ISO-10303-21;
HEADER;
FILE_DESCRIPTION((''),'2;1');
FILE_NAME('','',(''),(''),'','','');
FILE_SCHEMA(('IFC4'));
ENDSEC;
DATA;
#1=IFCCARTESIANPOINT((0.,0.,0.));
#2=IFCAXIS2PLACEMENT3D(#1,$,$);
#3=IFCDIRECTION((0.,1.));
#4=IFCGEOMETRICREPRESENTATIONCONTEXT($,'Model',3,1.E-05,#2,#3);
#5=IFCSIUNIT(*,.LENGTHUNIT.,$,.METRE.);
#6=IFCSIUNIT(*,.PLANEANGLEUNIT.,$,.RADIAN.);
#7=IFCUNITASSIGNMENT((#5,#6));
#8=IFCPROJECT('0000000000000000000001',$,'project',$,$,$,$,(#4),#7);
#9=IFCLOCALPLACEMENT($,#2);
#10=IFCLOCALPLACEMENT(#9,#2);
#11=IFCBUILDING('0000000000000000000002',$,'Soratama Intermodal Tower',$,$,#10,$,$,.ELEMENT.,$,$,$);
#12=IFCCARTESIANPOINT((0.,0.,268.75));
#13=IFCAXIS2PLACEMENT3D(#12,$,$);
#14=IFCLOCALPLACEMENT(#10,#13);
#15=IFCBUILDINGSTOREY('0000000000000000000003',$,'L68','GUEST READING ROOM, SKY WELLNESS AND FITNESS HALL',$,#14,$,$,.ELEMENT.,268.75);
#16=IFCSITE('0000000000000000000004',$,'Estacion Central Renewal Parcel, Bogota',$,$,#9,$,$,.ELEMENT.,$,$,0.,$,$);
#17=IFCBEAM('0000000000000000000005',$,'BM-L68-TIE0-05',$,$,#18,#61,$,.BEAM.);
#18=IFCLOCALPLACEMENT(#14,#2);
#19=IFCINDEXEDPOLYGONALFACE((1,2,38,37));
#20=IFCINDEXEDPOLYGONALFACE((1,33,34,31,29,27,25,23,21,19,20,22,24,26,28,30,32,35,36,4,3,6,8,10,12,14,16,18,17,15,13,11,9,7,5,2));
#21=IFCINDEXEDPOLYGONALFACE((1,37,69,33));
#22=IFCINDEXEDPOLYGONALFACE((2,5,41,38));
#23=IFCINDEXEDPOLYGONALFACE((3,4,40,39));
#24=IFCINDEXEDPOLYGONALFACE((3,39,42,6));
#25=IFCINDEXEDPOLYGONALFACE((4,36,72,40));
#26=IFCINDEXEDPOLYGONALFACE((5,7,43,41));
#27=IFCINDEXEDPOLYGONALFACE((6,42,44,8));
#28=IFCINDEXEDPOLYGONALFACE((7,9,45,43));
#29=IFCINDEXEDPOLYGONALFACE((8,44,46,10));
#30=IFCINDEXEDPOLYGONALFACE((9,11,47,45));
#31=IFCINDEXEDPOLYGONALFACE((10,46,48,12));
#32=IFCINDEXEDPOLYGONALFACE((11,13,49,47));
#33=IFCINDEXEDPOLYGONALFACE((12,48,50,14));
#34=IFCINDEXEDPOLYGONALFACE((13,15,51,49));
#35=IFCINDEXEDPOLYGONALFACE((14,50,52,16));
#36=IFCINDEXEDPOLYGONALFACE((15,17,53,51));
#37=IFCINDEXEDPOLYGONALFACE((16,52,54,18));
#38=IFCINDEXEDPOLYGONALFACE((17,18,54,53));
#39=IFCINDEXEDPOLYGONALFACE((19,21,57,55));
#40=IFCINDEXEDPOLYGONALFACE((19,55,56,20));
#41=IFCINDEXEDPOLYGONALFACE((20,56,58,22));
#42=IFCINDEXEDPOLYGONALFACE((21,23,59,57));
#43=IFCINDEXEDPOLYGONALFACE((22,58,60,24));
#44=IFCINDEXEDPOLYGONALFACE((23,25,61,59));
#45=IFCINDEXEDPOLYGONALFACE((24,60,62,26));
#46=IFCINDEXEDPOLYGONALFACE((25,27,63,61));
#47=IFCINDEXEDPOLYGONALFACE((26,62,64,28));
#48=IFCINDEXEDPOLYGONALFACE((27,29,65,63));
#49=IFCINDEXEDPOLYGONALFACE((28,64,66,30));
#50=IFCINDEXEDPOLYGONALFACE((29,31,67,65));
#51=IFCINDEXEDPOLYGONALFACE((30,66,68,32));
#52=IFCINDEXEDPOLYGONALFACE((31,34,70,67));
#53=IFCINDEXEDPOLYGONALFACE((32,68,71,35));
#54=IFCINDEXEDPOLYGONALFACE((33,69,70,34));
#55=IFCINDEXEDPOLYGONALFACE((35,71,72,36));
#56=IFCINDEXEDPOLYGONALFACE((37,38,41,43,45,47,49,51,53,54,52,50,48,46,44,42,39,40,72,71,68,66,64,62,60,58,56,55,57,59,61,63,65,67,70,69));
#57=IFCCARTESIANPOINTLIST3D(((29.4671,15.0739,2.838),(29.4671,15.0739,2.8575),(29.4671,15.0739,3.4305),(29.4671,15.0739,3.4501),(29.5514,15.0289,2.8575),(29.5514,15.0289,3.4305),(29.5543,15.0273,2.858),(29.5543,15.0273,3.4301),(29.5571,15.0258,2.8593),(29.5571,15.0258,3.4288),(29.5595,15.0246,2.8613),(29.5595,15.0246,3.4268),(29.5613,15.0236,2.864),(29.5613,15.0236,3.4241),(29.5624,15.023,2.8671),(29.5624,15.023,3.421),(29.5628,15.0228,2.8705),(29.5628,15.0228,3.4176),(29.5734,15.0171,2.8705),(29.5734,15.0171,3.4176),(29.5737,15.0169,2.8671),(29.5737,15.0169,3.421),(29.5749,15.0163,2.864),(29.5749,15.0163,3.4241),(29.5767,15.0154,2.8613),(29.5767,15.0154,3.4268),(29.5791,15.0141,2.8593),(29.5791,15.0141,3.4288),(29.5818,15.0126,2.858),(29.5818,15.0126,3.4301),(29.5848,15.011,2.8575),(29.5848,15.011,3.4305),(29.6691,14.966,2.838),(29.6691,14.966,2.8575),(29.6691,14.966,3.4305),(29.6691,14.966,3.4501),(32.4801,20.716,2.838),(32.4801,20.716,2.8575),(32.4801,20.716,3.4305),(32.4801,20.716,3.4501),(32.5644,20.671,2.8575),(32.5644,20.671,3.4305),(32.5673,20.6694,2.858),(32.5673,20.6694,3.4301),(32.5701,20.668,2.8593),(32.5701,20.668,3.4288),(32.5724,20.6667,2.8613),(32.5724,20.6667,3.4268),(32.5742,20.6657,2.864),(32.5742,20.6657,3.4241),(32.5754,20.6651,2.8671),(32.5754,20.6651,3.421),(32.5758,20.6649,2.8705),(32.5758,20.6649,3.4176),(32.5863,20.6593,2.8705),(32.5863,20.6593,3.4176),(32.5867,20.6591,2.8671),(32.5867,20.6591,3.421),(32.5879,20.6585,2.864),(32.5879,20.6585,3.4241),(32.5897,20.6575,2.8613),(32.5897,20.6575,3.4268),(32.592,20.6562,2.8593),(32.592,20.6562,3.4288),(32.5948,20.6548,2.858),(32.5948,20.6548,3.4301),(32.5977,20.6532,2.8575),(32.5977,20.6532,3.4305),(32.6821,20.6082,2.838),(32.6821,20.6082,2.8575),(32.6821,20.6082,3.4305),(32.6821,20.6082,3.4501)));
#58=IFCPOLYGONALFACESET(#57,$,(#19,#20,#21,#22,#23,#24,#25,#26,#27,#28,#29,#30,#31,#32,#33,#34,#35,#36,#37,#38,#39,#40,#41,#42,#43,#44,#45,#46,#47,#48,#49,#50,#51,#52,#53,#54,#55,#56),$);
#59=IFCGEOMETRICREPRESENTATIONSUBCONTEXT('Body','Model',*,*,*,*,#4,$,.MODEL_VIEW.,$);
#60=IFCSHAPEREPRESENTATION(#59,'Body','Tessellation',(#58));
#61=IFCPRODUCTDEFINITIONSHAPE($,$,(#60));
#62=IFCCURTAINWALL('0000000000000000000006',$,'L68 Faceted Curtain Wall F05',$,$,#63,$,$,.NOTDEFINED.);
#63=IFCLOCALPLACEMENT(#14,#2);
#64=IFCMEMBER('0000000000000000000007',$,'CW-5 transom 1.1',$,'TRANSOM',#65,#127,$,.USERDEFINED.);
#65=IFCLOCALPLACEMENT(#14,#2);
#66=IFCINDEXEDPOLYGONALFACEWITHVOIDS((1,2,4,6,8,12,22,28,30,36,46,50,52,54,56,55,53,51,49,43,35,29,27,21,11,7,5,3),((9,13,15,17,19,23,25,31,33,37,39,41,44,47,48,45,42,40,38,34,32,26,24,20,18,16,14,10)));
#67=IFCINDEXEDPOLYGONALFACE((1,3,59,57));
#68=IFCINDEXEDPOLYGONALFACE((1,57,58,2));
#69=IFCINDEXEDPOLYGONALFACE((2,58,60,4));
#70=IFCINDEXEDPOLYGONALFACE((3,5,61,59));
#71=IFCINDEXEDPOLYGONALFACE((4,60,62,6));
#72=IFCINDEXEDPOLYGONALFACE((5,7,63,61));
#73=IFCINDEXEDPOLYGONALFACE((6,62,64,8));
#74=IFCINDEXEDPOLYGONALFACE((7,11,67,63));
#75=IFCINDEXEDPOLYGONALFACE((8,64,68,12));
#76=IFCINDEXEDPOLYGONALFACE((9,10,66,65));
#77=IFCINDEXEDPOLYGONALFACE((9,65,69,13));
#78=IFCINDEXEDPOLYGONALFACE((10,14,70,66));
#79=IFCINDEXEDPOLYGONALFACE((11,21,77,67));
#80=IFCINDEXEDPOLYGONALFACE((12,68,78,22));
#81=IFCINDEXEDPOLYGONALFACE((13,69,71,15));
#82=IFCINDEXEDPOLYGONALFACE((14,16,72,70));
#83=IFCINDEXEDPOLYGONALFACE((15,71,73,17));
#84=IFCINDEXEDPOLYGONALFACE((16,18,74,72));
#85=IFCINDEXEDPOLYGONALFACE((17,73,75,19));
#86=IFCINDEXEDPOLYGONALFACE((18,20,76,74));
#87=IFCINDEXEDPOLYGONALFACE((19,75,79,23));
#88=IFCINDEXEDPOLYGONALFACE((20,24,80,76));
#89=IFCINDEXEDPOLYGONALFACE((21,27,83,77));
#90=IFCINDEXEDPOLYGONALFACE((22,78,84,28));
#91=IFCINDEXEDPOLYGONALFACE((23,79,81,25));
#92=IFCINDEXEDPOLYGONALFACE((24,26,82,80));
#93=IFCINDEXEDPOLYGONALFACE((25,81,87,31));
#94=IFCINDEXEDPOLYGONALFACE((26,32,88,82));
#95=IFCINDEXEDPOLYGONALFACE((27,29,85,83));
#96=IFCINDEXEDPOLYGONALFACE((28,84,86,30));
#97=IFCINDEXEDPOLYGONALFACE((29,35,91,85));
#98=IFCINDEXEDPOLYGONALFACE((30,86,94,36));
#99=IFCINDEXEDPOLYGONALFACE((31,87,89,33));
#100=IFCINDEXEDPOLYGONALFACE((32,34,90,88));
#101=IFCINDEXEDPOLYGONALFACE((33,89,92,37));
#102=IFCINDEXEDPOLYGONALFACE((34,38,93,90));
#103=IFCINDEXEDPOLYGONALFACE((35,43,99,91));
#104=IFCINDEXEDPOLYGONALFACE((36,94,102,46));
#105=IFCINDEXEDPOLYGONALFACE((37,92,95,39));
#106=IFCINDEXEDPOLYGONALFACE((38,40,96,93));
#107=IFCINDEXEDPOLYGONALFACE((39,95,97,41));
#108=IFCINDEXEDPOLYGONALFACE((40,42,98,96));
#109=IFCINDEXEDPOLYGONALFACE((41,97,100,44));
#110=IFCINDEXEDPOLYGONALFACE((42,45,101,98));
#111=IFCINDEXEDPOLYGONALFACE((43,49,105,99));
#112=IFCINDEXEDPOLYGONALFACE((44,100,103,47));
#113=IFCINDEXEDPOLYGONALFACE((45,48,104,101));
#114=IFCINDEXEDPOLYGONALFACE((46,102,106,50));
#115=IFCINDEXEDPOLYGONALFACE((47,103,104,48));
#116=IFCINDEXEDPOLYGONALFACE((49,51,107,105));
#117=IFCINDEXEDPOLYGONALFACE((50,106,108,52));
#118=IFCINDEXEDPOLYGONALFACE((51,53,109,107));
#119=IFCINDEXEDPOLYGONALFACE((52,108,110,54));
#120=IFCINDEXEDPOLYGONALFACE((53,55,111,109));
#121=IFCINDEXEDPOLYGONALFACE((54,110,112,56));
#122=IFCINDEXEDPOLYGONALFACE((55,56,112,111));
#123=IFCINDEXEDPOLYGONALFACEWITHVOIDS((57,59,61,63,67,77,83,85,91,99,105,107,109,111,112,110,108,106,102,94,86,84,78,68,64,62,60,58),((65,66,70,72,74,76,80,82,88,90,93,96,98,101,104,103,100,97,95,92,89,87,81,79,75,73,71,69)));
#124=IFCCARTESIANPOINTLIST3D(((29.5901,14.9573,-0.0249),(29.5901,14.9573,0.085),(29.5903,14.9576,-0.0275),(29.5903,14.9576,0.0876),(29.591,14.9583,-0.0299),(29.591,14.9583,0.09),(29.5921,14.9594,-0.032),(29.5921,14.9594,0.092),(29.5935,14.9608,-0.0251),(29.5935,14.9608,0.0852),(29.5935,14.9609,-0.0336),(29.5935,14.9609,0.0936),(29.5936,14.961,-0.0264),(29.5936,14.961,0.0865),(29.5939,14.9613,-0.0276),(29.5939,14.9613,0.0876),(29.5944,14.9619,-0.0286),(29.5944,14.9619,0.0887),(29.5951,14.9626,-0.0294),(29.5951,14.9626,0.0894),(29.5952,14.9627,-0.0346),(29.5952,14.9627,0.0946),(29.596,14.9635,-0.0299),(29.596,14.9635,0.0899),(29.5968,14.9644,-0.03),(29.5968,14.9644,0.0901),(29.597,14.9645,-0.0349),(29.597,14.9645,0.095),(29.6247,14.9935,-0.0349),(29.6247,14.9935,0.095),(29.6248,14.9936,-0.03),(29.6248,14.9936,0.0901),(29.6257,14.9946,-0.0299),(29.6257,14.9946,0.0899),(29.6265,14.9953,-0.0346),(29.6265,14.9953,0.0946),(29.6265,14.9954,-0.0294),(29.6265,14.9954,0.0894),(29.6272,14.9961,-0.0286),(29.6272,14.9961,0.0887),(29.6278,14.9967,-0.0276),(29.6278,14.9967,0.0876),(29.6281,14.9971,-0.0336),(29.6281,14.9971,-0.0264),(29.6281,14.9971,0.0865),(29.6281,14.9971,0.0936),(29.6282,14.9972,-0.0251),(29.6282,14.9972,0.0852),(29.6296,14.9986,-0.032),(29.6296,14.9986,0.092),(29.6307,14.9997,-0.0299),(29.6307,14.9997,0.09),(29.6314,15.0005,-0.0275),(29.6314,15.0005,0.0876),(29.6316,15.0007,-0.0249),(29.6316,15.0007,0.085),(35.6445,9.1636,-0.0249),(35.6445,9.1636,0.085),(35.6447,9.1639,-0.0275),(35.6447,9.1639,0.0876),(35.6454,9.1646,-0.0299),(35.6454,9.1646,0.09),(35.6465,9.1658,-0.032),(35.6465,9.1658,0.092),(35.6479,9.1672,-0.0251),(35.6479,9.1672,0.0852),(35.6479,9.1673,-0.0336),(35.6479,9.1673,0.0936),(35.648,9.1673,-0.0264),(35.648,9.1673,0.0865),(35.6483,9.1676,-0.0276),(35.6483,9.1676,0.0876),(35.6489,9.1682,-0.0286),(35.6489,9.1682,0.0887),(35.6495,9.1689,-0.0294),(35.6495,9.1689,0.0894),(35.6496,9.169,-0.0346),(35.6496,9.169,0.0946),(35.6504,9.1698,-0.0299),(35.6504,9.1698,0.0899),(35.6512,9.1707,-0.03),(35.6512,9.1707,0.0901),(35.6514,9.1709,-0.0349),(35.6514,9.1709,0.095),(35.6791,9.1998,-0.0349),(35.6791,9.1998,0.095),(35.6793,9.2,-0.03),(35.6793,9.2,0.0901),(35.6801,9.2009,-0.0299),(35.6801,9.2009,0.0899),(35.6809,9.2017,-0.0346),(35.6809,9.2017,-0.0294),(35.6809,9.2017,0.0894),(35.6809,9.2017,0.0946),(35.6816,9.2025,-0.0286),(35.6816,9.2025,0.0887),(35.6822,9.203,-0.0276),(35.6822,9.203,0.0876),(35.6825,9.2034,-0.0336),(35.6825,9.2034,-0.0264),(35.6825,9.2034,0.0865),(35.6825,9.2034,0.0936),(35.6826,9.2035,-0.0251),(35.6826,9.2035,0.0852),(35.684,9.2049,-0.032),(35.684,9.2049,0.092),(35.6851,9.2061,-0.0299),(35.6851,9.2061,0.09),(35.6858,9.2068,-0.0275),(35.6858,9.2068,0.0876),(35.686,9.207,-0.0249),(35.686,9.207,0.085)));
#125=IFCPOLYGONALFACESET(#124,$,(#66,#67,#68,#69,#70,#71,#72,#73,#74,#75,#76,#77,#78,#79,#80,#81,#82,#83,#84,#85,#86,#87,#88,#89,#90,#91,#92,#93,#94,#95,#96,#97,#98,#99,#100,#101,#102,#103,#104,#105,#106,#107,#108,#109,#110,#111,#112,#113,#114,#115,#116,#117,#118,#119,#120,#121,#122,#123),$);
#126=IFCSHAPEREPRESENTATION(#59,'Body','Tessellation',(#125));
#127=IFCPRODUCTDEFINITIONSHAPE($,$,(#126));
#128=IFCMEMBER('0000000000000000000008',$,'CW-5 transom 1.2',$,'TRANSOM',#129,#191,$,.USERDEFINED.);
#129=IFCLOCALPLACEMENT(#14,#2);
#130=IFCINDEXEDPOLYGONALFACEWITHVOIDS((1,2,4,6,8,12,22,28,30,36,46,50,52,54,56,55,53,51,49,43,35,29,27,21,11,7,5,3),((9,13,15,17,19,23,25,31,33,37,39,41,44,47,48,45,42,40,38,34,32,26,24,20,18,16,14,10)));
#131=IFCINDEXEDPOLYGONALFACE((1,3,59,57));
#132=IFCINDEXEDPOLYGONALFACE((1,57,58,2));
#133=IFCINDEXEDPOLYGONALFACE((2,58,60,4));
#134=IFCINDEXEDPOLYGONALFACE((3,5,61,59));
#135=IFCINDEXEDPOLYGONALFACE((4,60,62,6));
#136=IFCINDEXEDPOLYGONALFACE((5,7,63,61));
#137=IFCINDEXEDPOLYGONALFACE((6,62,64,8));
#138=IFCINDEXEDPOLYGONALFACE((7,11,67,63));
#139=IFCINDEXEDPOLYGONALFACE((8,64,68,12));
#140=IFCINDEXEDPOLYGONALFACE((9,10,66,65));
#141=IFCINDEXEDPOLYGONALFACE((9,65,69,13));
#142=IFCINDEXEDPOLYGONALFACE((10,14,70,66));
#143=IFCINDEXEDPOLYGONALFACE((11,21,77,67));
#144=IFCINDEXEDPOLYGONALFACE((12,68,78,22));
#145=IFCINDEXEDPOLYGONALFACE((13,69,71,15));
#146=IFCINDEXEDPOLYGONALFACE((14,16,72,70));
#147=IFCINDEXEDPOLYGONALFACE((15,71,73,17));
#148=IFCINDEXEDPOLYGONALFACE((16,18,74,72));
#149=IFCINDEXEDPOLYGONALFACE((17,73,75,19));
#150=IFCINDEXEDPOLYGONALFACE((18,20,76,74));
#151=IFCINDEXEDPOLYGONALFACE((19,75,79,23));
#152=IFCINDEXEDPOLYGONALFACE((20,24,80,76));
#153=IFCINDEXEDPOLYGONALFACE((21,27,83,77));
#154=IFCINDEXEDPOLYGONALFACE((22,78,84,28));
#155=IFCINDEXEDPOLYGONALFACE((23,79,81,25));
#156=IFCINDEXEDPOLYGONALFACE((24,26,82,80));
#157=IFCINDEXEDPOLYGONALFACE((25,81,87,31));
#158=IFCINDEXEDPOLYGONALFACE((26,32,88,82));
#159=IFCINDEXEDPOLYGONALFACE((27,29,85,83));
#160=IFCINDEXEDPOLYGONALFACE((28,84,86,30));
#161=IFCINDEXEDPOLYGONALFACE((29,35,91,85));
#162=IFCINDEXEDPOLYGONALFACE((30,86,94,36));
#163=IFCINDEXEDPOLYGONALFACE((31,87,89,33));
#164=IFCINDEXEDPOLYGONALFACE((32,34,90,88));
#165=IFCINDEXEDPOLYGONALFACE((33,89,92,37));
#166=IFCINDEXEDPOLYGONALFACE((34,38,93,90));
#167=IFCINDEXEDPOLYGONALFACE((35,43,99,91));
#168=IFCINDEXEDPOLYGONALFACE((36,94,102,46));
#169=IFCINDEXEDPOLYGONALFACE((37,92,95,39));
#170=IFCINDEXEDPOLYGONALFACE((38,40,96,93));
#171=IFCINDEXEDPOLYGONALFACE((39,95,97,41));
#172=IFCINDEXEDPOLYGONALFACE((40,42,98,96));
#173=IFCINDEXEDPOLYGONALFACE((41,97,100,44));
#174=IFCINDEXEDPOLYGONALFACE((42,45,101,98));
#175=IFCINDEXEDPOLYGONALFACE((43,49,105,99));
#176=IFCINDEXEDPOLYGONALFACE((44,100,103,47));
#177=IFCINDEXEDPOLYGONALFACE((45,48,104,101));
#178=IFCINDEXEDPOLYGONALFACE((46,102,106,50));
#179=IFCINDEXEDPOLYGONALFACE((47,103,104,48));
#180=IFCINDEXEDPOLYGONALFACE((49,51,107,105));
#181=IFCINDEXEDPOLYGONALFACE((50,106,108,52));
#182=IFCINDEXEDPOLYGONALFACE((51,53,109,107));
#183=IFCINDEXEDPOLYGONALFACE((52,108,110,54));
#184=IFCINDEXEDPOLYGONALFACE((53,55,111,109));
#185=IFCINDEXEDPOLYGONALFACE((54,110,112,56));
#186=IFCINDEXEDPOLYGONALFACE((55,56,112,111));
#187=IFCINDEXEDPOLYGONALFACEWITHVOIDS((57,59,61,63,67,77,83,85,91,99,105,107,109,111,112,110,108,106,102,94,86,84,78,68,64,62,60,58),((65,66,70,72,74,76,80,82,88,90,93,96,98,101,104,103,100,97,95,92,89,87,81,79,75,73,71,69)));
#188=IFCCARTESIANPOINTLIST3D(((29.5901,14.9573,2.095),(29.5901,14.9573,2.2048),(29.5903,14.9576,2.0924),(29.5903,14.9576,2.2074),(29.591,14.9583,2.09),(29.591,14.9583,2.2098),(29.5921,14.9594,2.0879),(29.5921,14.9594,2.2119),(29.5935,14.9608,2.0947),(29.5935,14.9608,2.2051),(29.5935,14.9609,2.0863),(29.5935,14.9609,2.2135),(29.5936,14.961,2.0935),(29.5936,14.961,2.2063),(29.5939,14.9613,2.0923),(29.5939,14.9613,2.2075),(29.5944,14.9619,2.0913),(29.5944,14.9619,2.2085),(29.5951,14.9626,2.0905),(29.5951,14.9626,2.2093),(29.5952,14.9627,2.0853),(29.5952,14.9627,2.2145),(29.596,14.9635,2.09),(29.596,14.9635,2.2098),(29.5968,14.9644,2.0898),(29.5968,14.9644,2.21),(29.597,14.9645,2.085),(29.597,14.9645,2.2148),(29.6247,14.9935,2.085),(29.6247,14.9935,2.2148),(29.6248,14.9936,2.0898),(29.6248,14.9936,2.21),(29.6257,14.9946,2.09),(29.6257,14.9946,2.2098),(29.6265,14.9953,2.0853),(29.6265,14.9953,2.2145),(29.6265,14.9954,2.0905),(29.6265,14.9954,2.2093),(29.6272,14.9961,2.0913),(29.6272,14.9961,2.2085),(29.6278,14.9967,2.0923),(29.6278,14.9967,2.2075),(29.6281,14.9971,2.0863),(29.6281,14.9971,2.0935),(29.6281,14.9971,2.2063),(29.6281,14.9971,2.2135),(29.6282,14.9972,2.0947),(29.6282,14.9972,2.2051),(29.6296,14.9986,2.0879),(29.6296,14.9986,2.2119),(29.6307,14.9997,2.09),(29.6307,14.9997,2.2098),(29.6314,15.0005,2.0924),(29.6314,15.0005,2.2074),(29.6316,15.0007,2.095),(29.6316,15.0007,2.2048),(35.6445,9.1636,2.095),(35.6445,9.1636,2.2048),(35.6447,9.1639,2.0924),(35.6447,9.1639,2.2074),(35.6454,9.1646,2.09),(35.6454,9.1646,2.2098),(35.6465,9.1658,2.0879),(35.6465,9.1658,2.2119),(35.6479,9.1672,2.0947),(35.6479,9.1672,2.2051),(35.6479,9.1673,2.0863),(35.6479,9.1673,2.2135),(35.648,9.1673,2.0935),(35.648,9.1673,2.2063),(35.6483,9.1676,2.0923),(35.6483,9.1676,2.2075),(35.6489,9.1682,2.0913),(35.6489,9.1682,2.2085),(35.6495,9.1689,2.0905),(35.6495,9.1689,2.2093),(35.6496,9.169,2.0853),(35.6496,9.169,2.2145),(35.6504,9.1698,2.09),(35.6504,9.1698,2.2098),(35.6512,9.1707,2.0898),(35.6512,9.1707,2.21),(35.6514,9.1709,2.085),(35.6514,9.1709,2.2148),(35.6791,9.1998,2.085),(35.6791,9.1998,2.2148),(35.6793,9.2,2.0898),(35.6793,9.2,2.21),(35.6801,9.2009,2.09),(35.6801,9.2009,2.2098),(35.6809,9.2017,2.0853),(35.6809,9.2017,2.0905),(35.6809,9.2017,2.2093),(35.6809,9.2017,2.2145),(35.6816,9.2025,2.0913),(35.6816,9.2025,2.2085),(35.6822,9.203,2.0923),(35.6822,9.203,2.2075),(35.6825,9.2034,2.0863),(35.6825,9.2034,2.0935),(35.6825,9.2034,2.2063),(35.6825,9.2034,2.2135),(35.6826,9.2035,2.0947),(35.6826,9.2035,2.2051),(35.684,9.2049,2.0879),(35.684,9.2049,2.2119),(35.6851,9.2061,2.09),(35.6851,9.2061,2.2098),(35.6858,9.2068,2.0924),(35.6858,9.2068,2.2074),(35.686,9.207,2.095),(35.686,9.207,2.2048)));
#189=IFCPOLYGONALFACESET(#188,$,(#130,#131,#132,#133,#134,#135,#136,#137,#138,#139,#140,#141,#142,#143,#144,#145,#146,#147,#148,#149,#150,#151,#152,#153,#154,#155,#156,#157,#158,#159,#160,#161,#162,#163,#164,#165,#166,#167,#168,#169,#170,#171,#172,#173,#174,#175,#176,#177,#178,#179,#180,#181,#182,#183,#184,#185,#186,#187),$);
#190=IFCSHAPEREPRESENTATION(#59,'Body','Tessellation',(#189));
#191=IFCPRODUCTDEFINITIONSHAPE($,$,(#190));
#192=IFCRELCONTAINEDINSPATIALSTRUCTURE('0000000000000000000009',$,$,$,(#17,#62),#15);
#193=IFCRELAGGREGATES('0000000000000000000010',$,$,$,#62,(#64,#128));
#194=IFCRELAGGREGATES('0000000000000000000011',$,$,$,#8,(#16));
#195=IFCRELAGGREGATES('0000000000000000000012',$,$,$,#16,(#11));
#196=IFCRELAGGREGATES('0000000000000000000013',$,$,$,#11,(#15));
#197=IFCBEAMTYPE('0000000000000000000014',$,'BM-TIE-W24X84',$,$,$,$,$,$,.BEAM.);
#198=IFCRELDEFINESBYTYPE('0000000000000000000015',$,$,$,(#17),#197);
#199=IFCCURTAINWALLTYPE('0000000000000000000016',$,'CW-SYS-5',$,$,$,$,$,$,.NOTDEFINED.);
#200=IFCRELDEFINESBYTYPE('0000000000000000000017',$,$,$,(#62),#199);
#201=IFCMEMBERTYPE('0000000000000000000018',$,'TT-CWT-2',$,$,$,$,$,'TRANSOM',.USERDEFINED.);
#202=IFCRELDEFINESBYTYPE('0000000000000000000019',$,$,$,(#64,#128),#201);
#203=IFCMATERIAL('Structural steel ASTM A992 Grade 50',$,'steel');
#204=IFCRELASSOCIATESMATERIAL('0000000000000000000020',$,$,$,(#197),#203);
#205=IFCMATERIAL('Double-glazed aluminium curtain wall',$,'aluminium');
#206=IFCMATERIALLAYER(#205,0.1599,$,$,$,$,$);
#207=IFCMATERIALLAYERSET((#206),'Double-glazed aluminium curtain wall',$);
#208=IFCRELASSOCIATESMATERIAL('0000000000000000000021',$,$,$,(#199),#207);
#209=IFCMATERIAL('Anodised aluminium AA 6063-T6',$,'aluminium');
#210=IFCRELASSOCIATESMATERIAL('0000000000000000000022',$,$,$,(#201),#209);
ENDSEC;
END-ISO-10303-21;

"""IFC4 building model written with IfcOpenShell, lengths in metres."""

from ifc_helpers import new_model, si_unit, direction, frame, origin, origin_2d, place, context, subcontext, project, spatial, hollow_rectangle, i_section, extrude, material, layer, layer_set, material_profile, profile_set, type_object, element, aggregate, save


model = new_model("IFC4")

# Units and contexts
model_context = context("Model", 3, precision=1e-05, world=origin(), true_north=direction((0.0, 1.0)))
body_context = subcontext(model_context, "Body", "Model", "MODEL_VIEW")
ifc_project = project(units=[si_unit("LENGTHUNIT", "METRE"), si_unit("PLANEANGLEUNIT", "RADIAN")], contexts=[model_context])

# Site, building, storey
site_placement = place(None, origin())
site = spatial("IfcSite", under=ifc_project, at=site_placement, Name="Estacion Central Renewal Parcel, Bogota", CompositionType="ELEMENT", RefElevation=0.0)
building_placement = place(site_placement, origin())
building = spatial("IfcBuilding", under=site, at=building_placement, Name="Soratama Intermodal Tower", CompositionType="ELEMENT")
storey_placement = place(building_placement, frame((0.0, 0.0, 268.75)))
storey = spatial("IfcBuildingStorey", under=building, at=storey_placement, Name="L68", Description="GUEST READING ROOM, SKY WELLNESS AND FITNESS HALL", CompositionType="ELEMENT", Elevation=268.75)

# Beam
ifc_material_1 = material(Name="Structural steel ASTM A992 Grade 50", Category="steel")
ifc_material_profile_1 = material_profile(ifc_material_1, i_section(OverallWidth=0.229, OverallDepth=0.6121, WebThickness=0.012, FlangeThickness=0.0195, FilletRadius=0.0129, at=origin_2d()), Name="W24X84")
ifc_profile_set_1 = profile_set([ifc_material_profile_1], Name="Structural steel ASTM A992 Grade 50")
beam_type_1 = type_object("IfcBeamType", Name="BM-TIE-W24X84", PredefinedType="BEAM", material=ifc_profile_set_1)
beam_1_placement = place(storey_placement, frame((32.5811, 20.6621, 3.144), z_axis=(-0.471054, -0.882105, 0.0), x_axis=(0.882105, -0.471054, 0.0)))
element("IfcBeam", 1, at=beam_1_placement, inside=storey, type_object=beam_type_1, Name="BM-L68-TIE0-05", PredefinedType="BEAM", context=body_context, shape_type="SweptSolid", body=[
    extrude(i_section(OverallWidth=0.229, OverallDepth=0.6121, WebThickness=0.012, FlangeThickness=0.0195, FilletRadius=0.0129, at=origin_2d()), origin(), (0.0, 0.0, 1.0), 6.3962),
])

# Curtain wall, members
ifc_material_2 = material(Name="Double-glazed aluminium curtain wall", Category="aluminium")
ifc_layer_1 = layer(ifc_material_2, 0.1599)
ifc_layer_set_1 = layer_set([ifc_layer_1], Name="Double-glazed aluminium curtain wall")
curtain_wall_type = type_object("IfcCurtainWallType", Name="CW-SYS-5", PredefinedType="NOTDEFINED", material=ifc_layer_set_1)
curtain_wall_placement = place(storey_placement, origin())
curtain_wall = element("IfcCurtainWall", 2, at=curtain_wall_placement, inside=storey, type_object=curtain_wall_type, Name="L68 Faceted Curtain Wall F05", PredefinedType="NOTDEFINED")
ifc_material_3 = material(Name="Anodised aluminium AA 6063-T6", Category="aluminium")
ifc_material_profile_2 = material_profile(ifc_material_3, hollow_rectangle(XDim=0.0601, YDim=0.1299, WallThickness=0.0049, InnerFilletRadius=0.0049, OuterFilletRadius=0.01, at=origin_2d()), Name="CWT130X60X5")
ifc_profile_set_2 = profile_set([ifc_material_profile_2], Name="Anodised aluminium AA 6063-T6")
member_type = type_object("IfcMemberType", Name="TT-CWT-2", ElementType="TRANSOM", PredefinedType="USERDEFINED", material=ifc_profile_set_2)
member_1_placement = place(storey_placement, frame((29.6108, 14.979, 0.03), z_axis=(0.722493, -0.691378, 0.0), x_axis=(0.691378, 0.722493, 0.0)))
member_1 = element("IfcMember", 3, at=member_1_placement, type_object=member_type, Name="CW-5 transom 1.1", ObjectType="TRANSOM", PredefinedType="USERDEFINED", context=body_context, shape_type="SweptSolid", body=[
    extrude(hollow_rectangle(XDim=0.0601, YDim=0.1299, WallThickness=0.0049, InnerFilletRadius=0.0049, OuterFilletRadius=0.01, at=origin_2d()), origin(), (0.0, 0.0, 1.0), 8.3799),
])
member_2_placement = place(storey_placement, frame((29.6108, 14.979, 2.1499), z_axis=(0.722493, -0.691378, 0.0), x_axis=(0.691378, 0.722493, 0.0)))
member_2 = element("IfcMember", 4, at=member_2_placement, type_object=member_type, Name="CW-5 transom 1.2", ObjectType="TRANSOM", PredefinedType="USERDEFINED", context=body_context, shape_type="SweptSolid", body=[
    extrude(hollow_rectangle(XDim=0.0601, YDim=0.1299, WallThickness=0.0049, InnerFilletRadius=0.0049, OuterFilletRadius=0.01, at=origin_2d()), origin(), (0.0, 0.0, 1.0), 8.3799),
])
aggregate(curtain_wall, [member_1, member_2])

save(model, "model.ifc")
